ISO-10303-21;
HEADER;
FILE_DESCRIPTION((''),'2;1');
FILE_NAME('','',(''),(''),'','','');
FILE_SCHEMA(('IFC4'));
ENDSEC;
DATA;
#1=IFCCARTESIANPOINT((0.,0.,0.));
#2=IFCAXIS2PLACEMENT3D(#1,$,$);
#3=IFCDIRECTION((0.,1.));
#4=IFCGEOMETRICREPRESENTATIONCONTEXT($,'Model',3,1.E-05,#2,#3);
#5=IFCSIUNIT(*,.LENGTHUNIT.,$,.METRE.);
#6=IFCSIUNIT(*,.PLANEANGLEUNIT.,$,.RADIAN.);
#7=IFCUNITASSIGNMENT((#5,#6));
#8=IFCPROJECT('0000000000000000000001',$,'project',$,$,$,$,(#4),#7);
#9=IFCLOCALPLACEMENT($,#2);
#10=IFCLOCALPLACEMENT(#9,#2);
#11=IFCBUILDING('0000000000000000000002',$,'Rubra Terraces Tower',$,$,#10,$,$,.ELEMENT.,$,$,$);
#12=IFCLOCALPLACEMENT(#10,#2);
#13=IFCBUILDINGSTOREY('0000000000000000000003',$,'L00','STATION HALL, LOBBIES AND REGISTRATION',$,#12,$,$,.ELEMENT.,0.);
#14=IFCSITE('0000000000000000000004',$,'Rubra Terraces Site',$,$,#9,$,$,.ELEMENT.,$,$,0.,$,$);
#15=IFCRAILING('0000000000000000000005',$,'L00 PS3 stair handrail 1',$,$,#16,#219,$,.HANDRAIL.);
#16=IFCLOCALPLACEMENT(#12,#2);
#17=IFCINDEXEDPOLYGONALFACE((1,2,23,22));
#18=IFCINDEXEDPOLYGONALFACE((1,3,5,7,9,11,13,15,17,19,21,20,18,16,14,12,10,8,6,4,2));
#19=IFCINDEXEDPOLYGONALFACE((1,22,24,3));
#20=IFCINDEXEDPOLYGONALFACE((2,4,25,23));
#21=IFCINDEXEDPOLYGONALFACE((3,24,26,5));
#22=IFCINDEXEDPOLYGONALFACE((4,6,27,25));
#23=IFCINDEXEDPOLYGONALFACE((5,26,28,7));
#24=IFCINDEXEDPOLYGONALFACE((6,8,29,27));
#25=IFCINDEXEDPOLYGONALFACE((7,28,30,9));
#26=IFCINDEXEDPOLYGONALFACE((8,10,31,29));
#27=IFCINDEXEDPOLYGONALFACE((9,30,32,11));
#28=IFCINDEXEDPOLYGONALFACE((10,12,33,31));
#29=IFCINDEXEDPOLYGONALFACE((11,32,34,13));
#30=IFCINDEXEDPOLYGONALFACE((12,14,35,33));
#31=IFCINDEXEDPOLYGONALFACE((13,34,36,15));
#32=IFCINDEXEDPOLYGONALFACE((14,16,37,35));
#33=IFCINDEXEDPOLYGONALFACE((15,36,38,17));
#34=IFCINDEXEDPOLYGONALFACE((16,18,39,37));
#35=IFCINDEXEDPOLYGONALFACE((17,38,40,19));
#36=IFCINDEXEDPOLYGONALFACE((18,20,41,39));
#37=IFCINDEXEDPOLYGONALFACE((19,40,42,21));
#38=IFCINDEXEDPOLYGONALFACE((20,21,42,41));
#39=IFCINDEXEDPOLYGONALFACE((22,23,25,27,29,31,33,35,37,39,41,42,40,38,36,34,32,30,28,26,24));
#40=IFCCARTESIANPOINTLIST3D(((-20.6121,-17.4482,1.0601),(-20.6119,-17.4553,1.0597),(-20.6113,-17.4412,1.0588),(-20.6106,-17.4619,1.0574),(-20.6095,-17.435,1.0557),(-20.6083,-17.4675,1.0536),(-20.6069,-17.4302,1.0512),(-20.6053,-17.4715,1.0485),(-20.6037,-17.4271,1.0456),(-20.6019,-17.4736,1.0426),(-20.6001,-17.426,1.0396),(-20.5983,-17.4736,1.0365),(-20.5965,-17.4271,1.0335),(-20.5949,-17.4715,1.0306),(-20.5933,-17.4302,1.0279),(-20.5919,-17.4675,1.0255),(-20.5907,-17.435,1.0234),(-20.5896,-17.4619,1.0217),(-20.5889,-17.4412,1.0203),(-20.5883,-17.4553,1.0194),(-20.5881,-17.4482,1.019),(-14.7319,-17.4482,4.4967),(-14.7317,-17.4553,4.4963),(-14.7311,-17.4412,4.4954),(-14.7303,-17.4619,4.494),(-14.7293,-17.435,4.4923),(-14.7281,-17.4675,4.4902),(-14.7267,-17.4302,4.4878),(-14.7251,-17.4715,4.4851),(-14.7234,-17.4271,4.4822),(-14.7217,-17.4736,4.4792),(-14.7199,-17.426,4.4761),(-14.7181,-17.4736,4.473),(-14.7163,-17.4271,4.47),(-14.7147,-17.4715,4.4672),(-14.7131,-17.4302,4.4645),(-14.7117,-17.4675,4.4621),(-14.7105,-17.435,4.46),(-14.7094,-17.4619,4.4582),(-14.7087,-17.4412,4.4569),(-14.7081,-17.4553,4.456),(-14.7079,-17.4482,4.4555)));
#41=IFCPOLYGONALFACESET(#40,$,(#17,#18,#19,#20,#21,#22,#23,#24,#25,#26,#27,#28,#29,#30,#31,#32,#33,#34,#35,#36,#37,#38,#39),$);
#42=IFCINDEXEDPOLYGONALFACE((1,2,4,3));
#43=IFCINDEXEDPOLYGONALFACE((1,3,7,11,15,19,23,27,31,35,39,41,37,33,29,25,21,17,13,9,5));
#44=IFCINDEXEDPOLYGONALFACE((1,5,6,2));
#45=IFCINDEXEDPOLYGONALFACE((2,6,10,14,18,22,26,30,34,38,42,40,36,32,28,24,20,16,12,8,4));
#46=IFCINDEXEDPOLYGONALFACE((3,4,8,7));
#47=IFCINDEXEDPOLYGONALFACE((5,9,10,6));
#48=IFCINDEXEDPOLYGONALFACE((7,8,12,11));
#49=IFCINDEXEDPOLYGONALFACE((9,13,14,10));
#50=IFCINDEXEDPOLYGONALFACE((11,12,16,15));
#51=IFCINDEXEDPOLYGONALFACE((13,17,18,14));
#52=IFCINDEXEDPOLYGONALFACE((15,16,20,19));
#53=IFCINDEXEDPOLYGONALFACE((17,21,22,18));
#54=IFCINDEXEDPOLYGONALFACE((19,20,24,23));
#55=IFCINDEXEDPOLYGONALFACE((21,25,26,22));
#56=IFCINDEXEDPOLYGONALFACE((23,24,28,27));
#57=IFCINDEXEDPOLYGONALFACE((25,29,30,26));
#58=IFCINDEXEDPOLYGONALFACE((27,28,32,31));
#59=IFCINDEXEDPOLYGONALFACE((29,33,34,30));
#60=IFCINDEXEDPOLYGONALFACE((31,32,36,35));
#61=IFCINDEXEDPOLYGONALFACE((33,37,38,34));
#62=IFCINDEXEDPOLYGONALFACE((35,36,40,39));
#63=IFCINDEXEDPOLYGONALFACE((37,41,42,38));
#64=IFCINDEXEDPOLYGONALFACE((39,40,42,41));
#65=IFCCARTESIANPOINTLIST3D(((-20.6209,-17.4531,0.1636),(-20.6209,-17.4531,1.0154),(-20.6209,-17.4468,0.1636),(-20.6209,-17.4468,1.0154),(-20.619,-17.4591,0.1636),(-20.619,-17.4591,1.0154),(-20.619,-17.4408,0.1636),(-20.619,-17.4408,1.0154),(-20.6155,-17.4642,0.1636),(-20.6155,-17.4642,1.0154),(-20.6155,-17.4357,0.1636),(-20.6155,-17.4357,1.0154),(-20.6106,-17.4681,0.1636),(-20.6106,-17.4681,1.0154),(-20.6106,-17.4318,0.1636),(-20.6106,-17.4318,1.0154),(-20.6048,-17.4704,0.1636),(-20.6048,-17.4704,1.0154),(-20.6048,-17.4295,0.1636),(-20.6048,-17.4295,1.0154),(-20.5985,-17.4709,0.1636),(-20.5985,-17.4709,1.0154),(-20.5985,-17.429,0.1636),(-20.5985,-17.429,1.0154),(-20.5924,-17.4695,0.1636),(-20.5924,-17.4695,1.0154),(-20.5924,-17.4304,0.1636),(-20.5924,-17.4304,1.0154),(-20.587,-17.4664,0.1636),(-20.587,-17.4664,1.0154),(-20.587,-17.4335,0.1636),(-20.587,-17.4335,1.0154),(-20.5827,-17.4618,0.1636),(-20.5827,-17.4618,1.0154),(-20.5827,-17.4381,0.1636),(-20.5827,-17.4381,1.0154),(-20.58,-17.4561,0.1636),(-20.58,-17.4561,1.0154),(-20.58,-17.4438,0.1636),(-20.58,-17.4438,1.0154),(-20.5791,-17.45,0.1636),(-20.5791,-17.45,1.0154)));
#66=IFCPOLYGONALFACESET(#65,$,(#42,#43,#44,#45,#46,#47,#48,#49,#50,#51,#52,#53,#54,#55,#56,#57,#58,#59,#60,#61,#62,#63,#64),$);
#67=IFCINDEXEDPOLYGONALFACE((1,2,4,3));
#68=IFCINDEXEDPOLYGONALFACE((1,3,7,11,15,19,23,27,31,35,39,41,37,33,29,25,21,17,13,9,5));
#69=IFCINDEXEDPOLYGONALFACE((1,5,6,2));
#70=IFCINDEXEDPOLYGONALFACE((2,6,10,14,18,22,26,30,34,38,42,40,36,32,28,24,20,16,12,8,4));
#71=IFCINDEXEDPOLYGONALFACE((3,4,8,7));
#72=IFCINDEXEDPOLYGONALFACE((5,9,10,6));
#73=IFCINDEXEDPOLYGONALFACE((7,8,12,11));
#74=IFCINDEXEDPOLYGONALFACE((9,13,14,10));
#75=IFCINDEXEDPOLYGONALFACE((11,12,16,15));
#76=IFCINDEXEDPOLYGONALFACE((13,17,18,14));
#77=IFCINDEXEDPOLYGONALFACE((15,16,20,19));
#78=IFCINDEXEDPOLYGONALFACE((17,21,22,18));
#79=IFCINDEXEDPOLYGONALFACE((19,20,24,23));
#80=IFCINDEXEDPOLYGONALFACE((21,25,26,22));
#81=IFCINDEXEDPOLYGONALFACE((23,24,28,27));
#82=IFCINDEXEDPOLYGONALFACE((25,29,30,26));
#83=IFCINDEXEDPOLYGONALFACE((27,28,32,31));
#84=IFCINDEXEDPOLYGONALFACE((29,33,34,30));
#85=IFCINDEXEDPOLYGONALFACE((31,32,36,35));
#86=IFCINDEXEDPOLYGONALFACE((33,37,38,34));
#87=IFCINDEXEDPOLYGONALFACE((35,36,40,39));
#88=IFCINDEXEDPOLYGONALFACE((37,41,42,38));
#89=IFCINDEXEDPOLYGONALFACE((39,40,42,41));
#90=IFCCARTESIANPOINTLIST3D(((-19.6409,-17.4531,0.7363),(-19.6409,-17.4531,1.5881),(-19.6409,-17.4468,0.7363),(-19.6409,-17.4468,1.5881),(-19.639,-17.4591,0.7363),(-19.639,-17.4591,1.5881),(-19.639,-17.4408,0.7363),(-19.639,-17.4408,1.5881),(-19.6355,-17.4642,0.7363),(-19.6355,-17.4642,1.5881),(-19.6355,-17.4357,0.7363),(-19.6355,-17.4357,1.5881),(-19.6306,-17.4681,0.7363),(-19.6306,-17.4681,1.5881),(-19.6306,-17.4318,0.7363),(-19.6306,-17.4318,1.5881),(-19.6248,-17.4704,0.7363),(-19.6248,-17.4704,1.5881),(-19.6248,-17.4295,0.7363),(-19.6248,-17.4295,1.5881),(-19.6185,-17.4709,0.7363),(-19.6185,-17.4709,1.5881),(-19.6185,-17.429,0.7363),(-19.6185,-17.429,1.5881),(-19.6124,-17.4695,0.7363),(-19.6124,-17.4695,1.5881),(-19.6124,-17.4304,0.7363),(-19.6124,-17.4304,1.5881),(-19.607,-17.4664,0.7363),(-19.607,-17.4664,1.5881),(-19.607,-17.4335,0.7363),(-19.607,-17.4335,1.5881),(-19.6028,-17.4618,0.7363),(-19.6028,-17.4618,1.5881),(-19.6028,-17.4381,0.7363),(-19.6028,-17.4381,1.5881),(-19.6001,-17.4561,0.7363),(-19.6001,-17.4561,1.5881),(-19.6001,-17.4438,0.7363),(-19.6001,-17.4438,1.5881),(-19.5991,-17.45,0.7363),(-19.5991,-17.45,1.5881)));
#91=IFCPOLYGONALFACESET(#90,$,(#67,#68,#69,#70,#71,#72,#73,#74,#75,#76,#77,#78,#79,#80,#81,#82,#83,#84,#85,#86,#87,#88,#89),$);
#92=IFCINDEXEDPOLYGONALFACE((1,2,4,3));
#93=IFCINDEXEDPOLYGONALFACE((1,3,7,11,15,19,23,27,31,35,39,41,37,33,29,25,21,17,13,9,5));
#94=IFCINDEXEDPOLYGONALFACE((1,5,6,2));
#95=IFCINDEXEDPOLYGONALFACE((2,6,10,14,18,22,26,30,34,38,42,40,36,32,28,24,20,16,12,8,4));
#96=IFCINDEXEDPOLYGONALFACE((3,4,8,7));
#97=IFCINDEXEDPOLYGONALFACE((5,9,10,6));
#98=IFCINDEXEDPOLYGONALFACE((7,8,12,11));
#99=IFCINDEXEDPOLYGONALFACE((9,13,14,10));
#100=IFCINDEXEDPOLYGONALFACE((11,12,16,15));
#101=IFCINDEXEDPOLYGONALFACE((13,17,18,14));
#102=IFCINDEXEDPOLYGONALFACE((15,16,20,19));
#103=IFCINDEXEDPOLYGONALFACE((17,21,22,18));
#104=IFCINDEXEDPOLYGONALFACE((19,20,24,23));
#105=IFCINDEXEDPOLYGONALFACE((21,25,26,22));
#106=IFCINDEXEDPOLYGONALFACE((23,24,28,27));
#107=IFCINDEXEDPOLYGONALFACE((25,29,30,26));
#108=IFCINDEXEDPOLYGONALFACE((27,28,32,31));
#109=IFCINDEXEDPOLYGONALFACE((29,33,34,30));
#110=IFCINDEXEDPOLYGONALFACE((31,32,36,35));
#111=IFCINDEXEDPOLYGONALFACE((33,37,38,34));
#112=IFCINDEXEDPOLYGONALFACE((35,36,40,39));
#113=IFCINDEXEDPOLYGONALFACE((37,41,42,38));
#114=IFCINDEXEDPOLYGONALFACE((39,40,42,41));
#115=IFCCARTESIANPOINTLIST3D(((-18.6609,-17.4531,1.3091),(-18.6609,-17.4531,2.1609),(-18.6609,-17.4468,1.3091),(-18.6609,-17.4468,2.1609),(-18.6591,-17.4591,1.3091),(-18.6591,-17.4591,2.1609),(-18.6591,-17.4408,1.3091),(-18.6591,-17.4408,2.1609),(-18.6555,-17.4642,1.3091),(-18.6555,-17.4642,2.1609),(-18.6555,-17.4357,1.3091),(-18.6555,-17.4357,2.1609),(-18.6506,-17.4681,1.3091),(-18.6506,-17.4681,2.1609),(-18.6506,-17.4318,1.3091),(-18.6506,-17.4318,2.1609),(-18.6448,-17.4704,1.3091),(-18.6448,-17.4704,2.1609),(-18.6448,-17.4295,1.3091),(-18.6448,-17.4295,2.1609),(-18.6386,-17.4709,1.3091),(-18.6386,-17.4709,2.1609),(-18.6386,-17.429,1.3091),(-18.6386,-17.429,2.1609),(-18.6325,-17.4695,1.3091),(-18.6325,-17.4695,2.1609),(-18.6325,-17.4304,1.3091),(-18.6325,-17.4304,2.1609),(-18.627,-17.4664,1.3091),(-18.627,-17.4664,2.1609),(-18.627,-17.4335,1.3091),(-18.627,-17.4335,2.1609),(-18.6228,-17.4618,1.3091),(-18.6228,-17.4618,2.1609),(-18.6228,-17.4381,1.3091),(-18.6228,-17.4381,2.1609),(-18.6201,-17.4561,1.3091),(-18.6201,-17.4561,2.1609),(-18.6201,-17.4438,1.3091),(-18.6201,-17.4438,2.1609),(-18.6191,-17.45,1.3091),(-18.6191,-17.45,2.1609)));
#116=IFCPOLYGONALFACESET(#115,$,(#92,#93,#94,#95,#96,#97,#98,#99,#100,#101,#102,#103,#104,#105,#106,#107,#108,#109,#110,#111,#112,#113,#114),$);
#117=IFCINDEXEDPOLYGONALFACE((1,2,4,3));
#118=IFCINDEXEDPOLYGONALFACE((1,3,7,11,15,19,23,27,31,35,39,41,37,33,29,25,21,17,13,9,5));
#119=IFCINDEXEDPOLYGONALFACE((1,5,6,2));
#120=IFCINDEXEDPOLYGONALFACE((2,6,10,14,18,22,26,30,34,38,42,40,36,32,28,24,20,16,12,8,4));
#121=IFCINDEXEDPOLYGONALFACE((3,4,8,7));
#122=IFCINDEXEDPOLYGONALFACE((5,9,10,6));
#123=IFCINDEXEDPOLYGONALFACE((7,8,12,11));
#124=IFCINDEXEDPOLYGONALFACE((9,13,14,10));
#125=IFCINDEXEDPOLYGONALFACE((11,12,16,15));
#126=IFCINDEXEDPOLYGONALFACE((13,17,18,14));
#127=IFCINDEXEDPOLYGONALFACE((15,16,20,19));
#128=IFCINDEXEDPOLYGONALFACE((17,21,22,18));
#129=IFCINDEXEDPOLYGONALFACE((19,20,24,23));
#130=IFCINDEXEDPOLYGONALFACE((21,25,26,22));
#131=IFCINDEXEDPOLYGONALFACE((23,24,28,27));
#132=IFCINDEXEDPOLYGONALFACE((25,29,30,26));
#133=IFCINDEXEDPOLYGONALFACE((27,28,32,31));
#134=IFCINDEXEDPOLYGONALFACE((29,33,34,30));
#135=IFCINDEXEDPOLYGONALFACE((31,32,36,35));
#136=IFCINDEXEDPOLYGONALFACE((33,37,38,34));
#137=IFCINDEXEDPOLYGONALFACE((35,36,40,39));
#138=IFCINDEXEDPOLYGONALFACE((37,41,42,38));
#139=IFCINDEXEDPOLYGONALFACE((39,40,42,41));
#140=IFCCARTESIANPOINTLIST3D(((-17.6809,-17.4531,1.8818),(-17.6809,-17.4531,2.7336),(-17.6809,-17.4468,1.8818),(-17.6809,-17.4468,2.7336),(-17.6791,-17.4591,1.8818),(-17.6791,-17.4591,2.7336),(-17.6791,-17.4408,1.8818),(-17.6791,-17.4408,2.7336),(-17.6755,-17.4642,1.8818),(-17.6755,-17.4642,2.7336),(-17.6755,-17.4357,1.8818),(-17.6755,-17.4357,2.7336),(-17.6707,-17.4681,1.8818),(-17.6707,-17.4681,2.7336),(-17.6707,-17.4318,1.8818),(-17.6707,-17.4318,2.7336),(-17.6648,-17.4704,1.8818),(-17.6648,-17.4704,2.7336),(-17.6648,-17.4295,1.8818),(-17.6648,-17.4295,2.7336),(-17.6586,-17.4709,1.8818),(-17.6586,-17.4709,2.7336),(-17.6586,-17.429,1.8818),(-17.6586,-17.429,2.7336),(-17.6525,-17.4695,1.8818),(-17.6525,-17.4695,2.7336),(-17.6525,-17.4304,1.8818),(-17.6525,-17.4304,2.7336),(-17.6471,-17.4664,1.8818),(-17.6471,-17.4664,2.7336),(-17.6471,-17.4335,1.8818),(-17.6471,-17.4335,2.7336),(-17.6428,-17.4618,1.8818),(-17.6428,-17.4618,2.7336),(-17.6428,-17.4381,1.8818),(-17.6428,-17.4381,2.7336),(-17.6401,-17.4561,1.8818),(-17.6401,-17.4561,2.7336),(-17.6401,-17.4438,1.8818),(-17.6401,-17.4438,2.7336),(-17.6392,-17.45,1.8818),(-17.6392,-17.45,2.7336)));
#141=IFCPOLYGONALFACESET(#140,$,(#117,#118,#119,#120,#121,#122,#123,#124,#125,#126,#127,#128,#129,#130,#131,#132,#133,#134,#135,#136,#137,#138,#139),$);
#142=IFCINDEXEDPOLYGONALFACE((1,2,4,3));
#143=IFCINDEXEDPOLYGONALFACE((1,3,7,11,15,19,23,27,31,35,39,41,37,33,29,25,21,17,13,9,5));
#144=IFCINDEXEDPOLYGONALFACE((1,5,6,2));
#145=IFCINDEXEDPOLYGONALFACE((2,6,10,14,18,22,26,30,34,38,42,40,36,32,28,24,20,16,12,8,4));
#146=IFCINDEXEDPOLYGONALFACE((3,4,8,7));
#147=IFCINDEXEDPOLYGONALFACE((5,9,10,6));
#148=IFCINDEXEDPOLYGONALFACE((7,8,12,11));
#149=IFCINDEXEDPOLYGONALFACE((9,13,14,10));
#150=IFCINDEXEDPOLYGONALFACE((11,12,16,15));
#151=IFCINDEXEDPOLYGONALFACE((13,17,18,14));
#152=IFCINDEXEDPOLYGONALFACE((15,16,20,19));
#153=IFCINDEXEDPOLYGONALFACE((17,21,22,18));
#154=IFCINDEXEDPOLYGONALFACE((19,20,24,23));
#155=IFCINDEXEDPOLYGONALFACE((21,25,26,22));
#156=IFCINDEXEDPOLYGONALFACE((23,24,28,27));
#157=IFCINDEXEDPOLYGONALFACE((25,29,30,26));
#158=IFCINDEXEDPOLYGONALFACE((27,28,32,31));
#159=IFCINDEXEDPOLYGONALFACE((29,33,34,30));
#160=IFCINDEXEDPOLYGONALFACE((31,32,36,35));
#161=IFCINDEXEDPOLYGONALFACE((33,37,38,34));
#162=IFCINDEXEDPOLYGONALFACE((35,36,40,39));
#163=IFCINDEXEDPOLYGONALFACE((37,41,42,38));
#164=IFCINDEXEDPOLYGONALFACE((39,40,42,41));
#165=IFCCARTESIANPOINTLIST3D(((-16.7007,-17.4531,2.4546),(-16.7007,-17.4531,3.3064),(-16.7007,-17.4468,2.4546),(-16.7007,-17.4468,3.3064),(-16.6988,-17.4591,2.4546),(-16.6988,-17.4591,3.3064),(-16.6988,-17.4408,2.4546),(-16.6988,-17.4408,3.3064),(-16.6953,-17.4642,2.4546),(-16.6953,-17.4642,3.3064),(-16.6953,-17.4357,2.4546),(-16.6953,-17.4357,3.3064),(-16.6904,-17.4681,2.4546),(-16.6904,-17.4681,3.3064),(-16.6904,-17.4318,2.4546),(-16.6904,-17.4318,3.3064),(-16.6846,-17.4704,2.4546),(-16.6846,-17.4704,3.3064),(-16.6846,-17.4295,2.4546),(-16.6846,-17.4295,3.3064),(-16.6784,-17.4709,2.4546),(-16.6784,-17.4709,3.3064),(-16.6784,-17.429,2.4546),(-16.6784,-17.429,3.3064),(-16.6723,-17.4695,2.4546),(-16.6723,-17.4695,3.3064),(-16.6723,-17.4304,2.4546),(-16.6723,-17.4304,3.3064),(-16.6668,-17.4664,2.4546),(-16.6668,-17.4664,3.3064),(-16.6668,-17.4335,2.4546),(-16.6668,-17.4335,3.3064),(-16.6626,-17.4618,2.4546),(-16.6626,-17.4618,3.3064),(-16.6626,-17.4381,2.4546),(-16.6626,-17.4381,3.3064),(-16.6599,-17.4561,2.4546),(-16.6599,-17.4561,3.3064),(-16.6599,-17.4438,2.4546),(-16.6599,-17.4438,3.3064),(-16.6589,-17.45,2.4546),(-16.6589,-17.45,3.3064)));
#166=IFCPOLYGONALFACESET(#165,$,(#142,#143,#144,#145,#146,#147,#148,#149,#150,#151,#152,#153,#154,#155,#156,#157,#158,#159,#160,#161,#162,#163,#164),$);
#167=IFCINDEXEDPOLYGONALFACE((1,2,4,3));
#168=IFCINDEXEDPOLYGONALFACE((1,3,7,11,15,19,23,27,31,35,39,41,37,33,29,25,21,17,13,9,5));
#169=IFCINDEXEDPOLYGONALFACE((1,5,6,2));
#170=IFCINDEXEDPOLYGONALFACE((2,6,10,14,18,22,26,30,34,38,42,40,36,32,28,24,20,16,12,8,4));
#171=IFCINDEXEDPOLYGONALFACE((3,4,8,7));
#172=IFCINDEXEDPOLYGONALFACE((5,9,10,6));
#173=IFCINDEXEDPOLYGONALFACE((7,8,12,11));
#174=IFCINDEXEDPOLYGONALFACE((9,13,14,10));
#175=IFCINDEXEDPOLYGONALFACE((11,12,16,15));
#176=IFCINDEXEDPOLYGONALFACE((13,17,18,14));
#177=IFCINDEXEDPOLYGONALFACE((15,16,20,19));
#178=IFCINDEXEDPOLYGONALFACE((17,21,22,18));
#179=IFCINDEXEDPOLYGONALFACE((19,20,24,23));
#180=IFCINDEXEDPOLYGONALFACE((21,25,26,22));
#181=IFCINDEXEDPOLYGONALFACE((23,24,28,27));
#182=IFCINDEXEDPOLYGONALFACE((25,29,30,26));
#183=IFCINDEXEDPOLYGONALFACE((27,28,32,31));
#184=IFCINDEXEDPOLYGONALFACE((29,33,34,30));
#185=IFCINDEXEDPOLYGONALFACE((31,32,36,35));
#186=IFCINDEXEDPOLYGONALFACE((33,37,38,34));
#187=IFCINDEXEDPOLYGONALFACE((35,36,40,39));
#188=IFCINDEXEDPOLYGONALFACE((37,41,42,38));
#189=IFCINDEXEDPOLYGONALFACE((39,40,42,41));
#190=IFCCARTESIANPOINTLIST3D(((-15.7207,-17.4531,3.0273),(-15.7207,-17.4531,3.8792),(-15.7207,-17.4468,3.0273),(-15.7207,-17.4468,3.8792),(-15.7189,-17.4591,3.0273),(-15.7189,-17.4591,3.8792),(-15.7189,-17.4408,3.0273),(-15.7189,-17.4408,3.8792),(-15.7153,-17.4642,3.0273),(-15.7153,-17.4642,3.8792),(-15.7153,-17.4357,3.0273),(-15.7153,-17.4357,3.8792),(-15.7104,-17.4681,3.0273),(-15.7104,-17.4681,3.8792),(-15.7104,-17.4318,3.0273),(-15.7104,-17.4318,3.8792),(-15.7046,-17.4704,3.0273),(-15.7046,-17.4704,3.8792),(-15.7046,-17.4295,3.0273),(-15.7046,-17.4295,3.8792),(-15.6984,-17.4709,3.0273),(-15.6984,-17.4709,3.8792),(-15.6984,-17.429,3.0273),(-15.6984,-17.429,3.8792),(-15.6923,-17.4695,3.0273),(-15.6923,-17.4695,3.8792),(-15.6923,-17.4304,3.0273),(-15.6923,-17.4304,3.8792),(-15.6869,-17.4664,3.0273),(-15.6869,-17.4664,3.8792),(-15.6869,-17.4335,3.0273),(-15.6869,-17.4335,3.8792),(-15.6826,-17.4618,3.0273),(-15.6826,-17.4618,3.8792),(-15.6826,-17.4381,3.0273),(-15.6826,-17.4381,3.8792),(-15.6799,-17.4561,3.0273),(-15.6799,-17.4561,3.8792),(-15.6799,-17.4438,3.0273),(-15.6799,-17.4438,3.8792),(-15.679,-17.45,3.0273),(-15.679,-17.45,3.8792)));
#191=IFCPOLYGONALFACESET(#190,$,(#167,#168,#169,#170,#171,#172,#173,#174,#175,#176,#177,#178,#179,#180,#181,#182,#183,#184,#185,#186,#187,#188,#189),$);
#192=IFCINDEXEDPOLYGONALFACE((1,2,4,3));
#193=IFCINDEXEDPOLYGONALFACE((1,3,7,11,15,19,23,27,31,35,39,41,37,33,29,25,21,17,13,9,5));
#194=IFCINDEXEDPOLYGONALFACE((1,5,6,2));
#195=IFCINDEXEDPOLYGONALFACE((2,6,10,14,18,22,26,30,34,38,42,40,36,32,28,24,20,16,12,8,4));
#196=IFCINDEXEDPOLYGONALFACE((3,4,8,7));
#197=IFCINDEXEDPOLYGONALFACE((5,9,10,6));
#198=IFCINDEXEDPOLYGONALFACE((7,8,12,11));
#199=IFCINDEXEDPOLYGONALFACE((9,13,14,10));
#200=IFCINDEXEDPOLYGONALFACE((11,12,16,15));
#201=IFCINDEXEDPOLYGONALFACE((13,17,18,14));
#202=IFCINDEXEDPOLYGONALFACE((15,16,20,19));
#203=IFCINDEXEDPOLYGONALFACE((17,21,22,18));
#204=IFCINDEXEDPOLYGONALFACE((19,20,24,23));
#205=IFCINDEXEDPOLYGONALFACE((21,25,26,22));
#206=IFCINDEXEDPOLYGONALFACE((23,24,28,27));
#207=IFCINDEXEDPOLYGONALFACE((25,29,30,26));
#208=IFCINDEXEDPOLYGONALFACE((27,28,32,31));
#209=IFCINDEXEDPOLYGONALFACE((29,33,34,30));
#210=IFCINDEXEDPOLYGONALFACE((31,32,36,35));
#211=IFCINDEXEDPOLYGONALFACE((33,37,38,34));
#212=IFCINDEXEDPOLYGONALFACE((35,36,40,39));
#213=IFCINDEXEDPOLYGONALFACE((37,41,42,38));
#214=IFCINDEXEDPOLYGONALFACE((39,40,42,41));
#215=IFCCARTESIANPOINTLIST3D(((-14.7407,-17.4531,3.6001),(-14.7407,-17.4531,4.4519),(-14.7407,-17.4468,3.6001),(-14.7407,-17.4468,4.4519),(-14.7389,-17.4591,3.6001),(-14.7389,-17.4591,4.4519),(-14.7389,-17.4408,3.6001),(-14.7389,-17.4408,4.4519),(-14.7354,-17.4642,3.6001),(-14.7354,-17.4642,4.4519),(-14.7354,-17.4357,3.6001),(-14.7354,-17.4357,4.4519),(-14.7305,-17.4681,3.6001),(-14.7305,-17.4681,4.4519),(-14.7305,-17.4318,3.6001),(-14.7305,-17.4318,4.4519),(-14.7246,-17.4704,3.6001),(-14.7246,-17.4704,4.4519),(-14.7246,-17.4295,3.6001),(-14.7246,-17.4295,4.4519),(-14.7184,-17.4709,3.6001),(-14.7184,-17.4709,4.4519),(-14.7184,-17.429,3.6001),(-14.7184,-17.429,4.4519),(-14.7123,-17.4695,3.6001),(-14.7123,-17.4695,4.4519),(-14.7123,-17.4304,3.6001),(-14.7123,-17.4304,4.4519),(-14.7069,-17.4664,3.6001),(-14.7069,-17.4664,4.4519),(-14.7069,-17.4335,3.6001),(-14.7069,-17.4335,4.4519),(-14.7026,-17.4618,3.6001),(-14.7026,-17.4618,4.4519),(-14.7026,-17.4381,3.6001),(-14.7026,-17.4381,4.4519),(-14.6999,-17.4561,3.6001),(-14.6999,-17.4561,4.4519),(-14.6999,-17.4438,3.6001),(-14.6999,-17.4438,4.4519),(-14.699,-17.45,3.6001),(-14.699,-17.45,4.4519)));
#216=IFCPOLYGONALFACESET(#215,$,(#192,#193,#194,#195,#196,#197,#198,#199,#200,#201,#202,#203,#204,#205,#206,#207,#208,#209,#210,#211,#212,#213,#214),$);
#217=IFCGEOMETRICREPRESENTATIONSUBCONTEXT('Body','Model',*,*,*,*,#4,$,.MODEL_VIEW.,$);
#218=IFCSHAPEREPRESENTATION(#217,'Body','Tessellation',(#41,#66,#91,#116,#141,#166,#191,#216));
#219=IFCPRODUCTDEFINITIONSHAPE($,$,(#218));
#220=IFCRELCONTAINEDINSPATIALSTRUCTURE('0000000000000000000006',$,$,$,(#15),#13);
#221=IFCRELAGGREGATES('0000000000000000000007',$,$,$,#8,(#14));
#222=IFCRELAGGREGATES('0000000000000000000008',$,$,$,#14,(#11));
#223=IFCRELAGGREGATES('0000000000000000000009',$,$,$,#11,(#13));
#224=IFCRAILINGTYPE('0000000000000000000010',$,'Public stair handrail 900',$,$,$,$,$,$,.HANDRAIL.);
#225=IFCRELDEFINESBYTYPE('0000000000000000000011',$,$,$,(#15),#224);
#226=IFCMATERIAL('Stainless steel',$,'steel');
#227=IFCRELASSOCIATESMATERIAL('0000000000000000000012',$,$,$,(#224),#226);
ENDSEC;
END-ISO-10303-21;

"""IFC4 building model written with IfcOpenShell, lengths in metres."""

from ifc_helpers import new_model, si_unit, direction, frame, origin, origin_2d, place, context, subcontext, project, spatial, circle, extrude, material, type_object, element, save


model = new_model("IFC4")

# Units and contexts
model_context = context("Model", 3, precision=1e-05, world=origin(), true_north=direction((0.0, 1.0)))
body_context = subcontext(model_context, "Body", "Model", "MODEL_VIEW")
ifc_project = project(units=[si_unit("LENGTHUNIT", "METRE"), si_unit("PLANEANGLEUNIT", "RADIAN")], contexts=[model_context])

# Site, building, storey
site_placement = place(None, origin())
site = spatial("IfcSite", under=ifc_project, at=site_placement, Name="Rubra Terraces Site", CompositionType="ELEMENT", RefElevation=0.0)
building_placement = place(site_placement, origin())
building = spatial("IfcBuilding", under=site, at=building_placement, Name="Rubra Terraces Tower", CompositionType="ELEMENT")
storey_placement = place(building_placement, origin())
storey = spatial("IfcBuildingStorey", under=building, at=storey_placement, Name="L00", Description="STATION HALL, LOBBIES AND REGISTRATION", CompositionType="ELEMENT", Elevation=0.0)

# Railing
ifc_material_1 = material(Name="Stainless steel", Category="steel")
railing_type_1 = type_object("IfcRailingType", Name="Public stair handrail 900", PredefinedType="HANDRAIL", material=ifc_material_1)
railing_1_placement = place(storey_placement, frame((-20.6001, -17.45, 0.1636)))
element("IfcRailing", 1, at=railing_1_placement, inside=storey, type_object=railing_type_1, Name="L00 PS3 stair handrail 1", PredefinedType="HANDRAIL", context=body_context, shape_type="SweptSolid", body=[
    extrude(circle(Radius=0.0239, at=origin_2d()), frame((0.0, 0.0, 0.876), z_axis=(0.863366, 0.0, 0.504577), x_axis=(0.0, 1.0, 0.0)), (0.0, 0.0, 1.0), 6.8108),
    extrude(circle(Radius=0.021, at=origin_2d()), origin(), (0.0, 0.0, 1.0), 0.8518),
    extrude(circle(Radius=0.021, at=origin_2d()), frame((0.98, 0.0, 0.5728)), (0.0, 0.0, 1.0), 0.8518),
    extrude(circle(Radius=0.021, at=origin_2d()), frame((1.96, 0.0, 1.1455)), (0.0, 0.0, 1.0), 0.8518),
    extrude(circle(Radius=0.021, at=origin_2d()), frame((2.9399, 0.0, 1.7183)), (0.0, 0.0, 1.0), 0.8518),
    extrude(circle(Radius=0.021, at=origin_2d()), frame((3.9202, 0.0, 2.291)), (0.0, 0.0, 1.0), 0.8518),
    extrude(circle(Radius=0.021, at=origin_2d()), frame((4.9001, 0.0, 2.8638)), (0.0, 0.0, 1.0), 0.8518),
    extrude(circle(Radius=0.021, at=origin_2d()), frame((5.8801, 0.0, 3.4365)), (0.0, 0.0, 1.0), 0.8518),
])

save(model, "model.ifc")
